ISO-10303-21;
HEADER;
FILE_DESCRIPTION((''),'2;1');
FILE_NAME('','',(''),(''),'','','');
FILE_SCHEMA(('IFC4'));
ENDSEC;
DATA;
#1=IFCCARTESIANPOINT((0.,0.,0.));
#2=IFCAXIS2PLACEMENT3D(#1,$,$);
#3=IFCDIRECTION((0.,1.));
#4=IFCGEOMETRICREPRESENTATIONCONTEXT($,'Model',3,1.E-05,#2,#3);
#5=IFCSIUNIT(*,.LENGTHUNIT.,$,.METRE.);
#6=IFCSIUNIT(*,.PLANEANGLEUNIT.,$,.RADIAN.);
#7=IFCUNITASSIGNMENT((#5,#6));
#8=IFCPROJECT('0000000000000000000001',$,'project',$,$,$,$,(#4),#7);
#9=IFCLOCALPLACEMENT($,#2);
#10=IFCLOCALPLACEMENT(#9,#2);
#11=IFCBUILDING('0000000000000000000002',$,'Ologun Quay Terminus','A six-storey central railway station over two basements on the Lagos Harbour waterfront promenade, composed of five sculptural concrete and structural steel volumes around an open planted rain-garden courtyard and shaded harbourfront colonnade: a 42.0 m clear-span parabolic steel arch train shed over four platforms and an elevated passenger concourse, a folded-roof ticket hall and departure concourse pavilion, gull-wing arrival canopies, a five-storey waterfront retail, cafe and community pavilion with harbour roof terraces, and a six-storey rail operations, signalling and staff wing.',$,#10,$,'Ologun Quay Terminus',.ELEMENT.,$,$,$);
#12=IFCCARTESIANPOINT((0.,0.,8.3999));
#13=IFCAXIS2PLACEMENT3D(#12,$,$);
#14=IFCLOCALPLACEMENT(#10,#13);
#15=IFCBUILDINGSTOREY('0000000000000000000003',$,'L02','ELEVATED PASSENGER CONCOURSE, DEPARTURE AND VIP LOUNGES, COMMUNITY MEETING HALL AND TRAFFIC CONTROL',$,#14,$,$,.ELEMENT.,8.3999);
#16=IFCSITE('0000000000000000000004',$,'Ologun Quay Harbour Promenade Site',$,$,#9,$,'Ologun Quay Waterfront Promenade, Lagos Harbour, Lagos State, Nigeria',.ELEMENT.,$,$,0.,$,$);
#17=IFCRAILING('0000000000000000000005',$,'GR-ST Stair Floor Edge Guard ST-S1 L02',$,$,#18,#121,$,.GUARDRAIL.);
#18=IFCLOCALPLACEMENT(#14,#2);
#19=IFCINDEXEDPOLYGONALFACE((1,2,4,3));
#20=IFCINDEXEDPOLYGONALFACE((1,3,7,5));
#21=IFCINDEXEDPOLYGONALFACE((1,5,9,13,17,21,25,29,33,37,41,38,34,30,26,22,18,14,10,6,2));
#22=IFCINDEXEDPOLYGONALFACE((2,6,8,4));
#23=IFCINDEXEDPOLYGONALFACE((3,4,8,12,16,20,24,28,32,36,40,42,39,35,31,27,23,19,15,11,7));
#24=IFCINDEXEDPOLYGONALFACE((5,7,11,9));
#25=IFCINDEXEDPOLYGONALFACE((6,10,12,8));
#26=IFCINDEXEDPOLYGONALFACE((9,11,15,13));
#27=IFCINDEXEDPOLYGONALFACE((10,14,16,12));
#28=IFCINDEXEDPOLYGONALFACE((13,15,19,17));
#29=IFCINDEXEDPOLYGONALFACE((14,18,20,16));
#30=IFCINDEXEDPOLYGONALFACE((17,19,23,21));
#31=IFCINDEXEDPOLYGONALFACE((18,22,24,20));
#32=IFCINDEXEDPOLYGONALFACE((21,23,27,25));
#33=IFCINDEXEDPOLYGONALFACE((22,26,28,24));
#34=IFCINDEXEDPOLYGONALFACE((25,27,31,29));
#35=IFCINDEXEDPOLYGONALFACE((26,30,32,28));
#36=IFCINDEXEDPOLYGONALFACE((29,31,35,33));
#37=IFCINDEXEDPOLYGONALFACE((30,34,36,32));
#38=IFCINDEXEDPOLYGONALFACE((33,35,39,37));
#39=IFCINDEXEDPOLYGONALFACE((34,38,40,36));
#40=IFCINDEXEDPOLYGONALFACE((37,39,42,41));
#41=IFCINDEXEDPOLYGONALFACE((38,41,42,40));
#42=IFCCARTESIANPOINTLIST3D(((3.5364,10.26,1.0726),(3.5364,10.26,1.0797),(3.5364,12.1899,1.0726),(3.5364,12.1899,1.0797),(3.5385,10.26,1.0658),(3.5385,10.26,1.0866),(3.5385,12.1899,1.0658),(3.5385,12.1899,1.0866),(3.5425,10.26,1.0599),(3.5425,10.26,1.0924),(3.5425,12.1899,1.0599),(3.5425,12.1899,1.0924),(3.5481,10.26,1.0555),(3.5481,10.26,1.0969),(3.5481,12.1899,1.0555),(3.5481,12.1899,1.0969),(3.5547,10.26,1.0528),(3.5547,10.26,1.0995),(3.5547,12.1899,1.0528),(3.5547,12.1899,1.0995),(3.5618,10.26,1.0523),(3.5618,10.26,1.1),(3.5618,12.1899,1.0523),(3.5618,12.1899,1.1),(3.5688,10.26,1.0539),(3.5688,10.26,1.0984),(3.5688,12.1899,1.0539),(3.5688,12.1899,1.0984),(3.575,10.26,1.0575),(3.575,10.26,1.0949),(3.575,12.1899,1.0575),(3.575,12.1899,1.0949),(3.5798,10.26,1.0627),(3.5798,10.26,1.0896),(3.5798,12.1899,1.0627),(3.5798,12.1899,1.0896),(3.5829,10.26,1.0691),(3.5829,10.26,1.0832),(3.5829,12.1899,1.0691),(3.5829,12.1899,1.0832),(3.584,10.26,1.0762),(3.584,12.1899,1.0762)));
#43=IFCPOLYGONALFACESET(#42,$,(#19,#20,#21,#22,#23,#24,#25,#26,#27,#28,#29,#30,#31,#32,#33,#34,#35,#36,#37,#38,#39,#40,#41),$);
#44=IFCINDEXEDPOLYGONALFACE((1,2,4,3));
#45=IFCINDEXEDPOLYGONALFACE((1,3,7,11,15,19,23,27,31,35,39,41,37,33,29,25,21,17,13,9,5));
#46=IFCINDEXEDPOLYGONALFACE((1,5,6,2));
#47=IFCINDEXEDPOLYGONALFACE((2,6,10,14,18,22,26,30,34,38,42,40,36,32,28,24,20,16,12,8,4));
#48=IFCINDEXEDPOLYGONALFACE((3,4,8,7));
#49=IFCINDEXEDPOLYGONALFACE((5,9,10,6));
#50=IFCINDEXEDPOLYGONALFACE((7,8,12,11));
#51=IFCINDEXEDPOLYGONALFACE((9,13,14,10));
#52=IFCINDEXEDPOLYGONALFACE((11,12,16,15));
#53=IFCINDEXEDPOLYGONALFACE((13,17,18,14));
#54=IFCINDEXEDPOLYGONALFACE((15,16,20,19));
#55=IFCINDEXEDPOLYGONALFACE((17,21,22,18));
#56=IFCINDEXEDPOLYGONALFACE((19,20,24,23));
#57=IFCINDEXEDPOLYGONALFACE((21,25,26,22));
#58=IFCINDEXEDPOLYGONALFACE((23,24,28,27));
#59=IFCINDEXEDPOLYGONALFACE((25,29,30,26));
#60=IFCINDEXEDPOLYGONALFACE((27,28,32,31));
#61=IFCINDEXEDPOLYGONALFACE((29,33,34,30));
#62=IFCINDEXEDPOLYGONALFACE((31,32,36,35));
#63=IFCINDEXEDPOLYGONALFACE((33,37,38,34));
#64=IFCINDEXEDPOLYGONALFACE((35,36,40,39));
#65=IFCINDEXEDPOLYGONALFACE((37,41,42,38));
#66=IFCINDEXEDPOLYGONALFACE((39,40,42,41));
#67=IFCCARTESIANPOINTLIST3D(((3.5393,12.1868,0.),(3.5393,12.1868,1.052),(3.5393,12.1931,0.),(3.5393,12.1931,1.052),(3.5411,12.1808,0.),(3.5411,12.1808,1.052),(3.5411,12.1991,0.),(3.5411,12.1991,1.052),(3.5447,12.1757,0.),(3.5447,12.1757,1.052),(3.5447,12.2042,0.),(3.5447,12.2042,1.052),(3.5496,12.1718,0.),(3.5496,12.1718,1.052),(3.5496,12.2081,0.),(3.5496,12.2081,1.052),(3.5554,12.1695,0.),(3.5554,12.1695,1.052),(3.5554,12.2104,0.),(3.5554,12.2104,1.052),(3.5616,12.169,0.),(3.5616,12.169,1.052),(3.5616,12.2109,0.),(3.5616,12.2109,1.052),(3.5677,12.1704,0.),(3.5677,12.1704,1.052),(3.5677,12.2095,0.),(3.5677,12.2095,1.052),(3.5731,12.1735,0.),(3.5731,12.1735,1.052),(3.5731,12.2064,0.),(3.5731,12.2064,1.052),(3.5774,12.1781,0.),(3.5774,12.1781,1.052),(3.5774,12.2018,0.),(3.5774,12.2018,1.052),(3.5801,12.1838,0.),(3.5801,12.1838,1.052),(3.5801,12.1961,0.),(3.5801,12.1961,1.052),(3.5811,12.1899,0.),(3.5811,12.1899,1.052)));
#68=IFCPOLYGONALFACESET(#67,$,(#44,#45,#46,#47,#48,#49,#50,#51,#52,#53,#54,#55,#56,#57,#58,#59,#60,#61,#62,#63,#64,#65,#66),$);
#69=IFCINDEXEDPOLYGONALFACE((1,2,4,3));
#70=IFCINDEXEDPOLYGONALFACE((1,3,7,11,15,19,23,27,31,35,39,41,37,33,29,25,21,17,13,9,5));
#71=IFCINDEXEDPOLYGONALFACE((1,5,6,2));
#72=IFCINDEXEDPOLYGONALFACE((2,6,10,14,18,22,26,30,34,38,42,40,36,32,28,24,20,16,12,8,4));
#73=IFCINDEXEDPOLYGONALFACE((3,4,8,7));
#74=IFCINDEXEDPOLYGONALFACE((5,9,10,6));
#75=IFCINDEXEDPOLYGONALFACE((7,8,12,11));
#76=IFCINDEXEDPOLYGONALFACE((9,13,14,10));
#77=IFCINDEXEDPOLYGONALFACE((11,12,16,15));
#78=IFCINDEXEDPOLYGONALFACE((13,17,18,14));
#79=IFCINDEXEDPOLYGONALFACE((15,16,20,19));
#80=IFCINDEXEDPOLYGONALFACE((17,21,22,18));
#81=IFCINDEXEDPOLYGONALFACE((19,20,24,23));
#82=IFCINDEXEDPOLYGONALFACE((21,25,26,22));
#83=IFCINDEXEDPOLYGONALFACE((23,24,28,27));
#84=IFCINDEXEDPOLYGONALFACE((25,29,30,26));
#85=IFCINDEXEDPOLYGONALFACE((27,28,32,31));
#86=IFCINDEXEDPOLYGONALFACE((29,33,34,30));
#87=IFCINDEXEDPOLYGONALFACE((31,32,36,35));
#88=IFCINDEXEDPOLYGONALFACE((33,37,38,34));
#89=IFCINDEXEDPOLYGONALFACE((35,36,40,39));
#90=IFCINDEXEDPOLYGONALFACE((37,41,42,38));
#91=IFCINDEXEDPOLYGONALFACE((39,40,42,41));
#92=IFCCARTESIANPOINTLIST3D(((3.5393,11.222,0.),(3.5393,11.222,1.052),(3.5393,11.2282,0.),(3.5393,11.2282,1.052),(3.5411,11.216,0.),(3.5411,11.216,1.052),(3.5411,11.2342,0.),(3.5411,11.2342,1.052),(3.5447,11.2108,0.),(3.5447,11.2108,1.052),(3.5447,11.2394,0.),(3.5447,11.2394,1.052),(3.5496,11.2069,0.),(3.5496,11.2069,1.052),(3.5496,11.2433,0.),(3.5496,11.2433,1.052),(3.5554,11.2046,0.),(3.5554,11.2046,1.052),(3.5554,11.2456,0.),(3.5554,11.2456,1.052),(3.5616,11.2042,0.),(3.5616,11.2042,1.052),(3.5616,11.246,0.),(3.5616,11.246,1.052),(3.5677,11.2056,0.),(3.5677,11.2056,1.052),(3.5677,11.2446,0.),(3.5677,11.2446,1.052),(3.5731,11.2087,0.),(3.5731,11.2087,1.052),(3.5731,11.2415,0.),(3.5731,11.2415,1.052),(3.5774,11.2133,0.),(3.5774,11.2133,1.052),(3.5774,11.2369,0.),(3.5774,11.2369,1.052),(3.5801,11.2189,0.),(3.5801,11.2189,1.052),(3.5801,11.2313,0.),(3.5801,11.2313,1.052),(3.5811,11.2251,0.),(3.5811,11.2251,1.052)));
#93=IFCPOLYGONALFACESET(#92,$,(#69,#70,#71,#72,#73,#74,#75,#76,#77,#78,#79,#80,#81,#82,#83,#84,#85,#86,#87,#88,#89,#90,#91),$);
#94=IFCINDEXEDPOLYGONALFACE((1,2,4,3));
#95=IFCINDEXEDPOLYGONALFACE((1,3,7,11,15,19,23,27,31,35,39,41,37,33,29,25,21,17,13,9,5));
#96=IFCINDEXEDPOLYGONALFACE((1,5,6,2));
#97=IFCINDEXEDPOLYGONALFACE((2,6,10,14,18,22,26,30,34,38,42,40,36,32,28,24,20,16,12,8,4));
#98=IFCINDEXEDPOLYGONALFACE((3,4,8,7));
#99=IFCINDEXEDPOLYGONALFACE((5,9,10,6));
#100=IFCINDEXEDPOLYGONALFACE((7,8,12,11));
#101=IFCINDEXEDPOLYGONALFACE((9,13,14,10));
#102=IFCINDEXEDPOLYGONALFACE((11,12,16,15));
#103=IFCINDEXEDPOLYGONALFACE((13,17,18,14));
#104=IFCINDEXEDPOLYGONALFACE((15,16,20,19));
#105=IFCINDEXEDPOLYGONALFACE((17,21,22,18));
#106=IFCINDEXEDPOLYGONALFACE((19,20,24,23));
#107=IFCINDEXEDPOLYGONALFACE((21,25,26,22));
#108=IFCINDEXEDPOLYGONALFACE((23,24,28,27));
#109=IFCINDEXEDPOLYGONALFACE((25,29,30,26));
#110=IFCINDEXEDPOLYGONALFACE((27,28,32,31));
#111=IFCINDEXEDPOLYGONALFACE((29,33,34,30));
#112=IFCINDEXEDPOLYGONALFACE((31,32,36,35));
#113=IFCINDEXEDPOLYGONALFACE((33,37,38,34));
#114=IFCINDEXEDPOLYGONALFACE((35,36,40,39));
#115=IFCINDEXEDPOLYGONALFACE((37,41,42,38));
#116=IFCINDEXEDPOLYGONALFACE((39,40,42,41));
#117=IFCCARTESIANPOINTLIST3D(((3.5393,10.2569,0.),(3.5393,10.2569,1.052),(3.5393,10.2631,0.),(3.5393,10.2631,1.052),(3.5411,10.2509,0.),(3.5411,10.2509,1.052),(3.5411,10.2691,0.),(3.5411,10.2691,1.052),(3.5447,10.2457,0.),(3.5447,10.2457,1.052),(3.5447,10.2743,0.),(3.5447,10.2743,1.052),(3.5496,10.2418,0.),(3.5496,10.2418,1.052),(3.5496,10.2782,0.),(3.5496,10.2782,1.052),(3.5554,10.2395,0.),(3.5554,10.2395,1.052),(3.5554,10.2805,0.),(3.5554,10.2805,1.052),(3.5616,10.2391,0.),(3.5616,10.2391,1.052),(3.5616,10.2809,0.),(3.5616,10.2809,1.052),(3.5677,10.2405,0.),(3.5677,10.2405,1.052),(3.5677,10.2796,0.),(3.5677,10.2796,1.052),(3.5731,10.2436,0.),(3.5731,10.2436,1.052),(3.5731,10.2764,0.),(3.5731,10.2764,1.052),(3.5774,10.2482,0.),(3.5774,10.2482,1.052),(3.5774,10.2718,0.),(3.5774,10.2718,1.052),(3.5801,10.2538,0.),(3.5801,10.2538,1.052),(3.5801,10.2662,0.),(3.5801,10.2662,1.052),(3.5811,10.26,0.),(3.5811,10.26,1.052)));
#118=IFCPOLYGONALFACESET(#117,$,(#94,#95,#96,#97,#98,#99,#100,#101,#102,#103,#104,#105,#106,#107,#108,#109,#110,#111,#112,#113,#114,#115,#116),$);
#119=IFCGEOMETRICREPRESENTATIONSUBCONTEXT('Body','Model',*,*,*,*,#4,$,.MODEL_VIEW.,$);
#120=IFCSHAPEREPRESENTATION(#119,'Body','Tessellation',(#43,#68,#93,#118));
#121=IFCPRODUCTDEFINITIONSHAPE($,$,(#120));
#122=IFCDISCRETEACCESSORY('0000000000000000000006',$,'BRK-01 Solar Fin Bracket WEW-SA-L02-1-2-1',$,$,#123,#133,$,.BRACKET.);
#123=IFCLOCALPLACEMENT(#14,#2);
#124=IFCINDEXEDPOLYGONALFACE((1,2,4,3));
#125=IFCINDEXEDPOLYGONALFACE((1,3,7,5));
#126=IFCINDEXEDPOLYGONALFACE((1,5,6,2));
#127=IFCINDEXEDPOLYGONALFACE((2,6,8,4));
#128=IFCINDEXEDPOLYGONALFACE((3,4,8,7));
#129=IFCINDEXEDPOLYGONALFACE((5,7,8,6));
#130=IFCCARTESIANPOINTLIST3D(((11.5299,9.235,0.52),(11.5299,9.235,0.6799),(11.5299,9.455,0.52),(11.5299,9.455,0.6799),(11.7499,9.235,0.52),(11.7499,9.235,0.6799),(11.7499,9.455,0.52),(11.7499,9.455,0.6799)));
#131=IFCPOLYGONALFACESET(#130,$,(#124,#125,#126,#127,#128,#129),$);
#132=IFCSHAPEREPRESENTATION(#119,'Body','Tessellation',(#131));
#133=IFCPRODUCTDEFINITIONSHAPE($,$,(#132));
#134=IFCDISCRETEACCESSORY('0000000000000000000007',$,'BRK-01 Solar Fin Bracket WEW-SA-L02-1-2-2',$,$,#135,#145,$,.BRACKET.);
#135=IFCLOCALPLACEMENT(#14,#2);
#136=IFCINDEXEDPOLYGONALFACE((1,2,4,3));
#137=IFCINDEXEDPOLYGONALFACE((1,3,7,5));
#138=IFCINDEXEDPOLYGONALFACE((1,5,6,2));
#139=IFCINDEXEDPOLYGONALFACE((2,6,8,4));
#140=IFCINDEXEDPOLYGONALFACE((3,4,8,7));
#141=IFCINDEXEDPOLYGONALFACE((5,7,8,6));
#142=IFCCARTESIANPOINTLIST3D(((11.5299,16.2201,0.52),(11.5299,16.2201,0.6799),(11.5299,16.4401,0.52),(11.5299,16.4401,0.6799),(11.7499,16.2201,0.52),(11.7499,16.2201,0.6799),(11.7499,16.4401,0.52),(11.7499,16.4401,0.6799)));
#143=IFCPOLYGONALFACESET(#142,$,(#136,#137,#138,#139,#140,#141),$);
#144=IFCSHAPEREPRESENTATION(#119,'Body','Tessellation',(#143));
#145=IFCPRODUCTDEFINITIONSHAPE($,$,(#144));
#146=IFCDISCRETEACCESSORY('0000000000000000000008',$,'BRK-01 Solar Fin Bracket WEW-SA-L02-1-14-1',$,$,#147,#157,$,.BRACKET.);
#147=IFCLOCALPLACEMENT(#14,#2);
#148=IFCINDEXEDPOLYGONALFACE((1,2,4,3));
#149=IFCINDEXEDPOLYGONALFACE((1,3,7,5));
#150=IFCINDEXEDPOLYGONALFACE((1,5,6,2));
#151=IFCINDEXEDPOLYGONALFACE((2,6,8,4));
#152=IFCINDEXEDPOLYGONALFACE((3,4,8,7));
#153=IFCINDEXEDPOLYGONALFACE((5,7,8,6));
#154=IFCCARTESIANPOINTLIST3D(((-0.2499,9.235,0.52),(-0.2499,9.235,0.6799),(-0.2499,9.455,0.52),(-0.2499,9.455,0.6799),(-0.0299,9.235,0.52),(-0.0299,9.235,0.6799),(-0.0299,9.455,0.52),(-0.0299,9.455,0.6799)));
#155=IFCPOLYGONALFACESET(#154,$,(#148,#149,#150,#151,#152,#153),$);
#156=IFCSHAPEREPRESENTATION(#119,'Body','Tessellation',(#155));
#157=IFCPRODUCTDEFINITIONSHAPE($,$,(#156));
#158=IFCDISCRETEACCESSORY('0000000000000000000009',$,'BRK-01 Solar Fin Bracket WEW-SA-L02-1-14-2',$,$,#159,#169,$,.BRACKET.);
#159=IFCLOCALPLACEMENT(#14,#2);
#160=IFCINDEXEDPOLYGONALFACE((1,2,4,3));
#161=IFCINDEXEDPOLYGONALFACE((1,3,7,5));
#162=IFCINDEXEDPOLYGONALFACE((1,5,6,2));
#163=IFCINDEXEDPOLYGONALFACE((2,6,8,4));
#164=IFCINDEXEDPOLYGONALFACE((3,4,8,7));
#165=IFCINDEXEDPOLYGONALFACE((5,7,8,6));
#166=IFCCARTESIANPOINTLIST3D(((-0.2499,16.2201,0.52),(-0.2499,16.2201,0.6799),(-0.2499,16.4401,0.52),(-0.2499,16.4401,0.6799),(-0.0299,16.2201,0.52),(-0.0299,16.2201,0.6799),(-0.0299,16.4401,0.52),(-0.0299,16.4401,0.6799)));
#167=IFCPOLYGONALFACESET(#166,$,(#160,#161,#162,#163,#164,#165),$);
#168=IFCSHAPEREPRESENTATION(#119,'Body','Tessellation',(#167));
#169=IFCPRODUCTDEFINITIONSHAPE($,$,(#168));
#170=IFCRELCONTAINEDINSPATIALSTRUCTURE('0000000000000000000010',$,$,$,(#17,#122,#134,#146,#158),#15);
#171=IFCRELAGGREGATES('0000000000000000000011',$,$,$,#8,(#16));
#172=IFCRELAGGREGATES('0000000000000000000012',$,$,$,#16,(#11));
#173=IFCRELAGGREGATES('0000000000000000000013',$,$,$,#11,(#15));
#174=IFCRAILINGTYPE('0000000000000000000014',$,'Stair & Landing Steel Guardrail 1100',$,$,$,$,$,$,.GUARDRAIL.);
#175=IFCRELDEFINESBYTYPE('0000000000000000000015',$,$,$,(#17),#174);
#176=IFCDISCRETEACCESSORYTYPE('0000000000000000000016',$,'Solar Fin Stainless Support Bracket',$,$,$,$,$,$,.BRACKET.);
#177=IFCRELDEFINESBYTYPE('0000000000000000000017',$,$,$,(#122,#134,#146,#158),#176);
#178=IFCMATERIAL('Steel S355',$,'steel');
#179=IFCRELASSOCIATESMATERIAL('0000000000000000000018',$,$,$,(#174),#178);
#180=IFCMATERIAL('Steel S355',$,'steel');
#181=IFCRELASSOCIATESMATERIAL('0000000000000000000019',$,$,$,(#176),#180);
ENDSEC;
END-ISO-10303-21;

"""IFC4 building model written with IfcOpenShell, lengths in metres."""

from ifc_helpers import new_model, si_unit, direction, frame, origin, origin_2d, place, context, subcontext, project, spatial, rectangle, circle, extrude, material, type_object, element, save


model = new_model("IFC4")

# Units and contexts
model_context = context("Model", 3, precision=1e-05, world=origin(), true_north=direction((0.0, 1.0)))
body_context = subcontext(model_context, "Body", "Model", "MODEL_VIEW")
ifc_project = project(units=[si_unit("LENGTHUNIT", "METRE"), si_unit("PLANEANGLEUNIT", "RADIAN")], contexts=[model_context])

# Site, building, storey
site_placement = place(None, origin())
site = spatial("IfcSite", under=ifc_project, at=site_placement, Name="Ologun Quay Harbour Promenade Site", LongName="Ologun Quay Waterfront Promenade, Lagos Harbour, Lagos State, Nigeria", CompositionType="ELEMENT", RefElevation=0.0)
building_placement = place(site_placement, origin())
building = spatial("IfcBuilding", under=site, at=building_placement, Name="Ologun Quay Terminus", Description="A six-storey central railway station over two basements on the Lagos Harbour waterfront promenade, composed of five sculptural concrete and structural steel volumes around an open planted rain-garden courtyard and shaded harbourfront colonnade: a 42.0 m clear-span parabolic steel arch train shed over four platforms and an elevated passenger concourse, a folded-roof ticket hall and departure concourse pavilion, gull-wing arrival canopies, a five-storey waterfront retail, cafe and community pavilion with harbour roof terraces, and a six-storey rail operations, signalling and staff wing.", LongName="Ologun Quay Terminus", CompositionType="ELEMENT")
storey_placement = place(building_placement, frame((0.0, 0.0, 8.3999)))
storey = spatial("IfcBuildingStorey", under=building, at=storey_placement, Name="L02", Description="ELEVATED PASSENGER CONCOURSE, DEPARTURE AND VIP LOUNGES, COMMUNITY MEETING HALL AND TRAFFIC CONTROL", CompositionType="ELEMENT", Elevation=8.3999)

# Railing
ifc_material_1 = material(Name="Steel S355", Category="steel")
railing_type = type_object("IfcRailingType", Name="Stair & Landing Steel Guardrail 1100", PredefinedType="GUARDRAIL", material=ifc_material_1)
railing_placement = place(storey_placement, frame((3.5601, 12.1899, 0.0)))
element("IfcRailing", 1, at=railing_placement, inside=storey, type_object=railing_type, Name="GR-ST Stair Floor Edge Guard ST-S1 L02", PredefinedType="GUARDRAIL", context=body_context, shape_type="SweptSolid", body=[
    extrude(circle(Radius=0.0239, at=origin_2d()), frame((0.0, 0.0, 1.0762), z_axis=(0.0, -1.0, 0.0), x_axis=(1.0, 0.0, 0.0)), (0.0, 0.0, 1.0), 1.9299),
    extrude(circle(Radius=0.021, at=origin_2d()), origin(), (0.0, 0.0, 1.0), 1.052),
    extrude(circle(Radius=0.021, at=origin_2d()), frame((0.0, -0.9648, 0.0)), (0.0, 0.0, 1.0), 1.052),
    extrude(circle(Radius=0.021, at=origin_2d()), frame((0.0, -1.9299, 0.0)), (0.0, 0.0, 1.0), 1.052),
])

# Discrete accessories
ifc_material_2 = material(Name="Steel S355", Category="steel")
discrete_accessory_type = type_object("IfcDiscreteAccessoryType", Name="Solar Fin Stainless Support Bracket", PredefinedType="BRACKET", material=ifc_material_2)
for number, where, z_axis, x_axis, name in (
    (2, (11.6399, 9.345, 0.52), (0.0, 0.0, 1.0), (1.0, 0.0, 0.0), "BRK-01 Solar Fin Bracket WEW-SA-L02-1-2-1"),
    (3, (11.6399, 16.3301, 0.52), (0.0, 0.0, 1.0), (1.0, 0.0, 0.0), "BRK-01 Solar Fin Bracket WEW-SA-L02-1-2-2"),
    (4, (-0.1399, 9.345, 0.52), (0.0, 0.0, 1.0), (1.0, 0.0, 0.0), "BRK-01 Solar Fin Bracket WEW-SA-L02-1-14-1"),
    (5, (-0.1399, 16.3301, 0.52), (0.0, 0.0, 1.0), (1.0, 0.0, 0.0), "BRK-01 Solar Fin Bracket WEW-SA-L02-1-14-2"),
):
    element("IfcDiscreteAccessory", number, at=place(storey_placement, frame(where, z_axis=z_axis, x_axis=x_axis)), inside=storey, type_object=discrete_accessory_type, Name=name, PredefinedType="BRACKET", context=body_context, shape_type="SweptSolid", body=[
        extrude(rectangle(XDim=0.22, YDim=0.22, at=origin_2d()), origin(), (0.0, 0.0, 1.0), 0.1599),
    ])

save(model, "model.ifc")
